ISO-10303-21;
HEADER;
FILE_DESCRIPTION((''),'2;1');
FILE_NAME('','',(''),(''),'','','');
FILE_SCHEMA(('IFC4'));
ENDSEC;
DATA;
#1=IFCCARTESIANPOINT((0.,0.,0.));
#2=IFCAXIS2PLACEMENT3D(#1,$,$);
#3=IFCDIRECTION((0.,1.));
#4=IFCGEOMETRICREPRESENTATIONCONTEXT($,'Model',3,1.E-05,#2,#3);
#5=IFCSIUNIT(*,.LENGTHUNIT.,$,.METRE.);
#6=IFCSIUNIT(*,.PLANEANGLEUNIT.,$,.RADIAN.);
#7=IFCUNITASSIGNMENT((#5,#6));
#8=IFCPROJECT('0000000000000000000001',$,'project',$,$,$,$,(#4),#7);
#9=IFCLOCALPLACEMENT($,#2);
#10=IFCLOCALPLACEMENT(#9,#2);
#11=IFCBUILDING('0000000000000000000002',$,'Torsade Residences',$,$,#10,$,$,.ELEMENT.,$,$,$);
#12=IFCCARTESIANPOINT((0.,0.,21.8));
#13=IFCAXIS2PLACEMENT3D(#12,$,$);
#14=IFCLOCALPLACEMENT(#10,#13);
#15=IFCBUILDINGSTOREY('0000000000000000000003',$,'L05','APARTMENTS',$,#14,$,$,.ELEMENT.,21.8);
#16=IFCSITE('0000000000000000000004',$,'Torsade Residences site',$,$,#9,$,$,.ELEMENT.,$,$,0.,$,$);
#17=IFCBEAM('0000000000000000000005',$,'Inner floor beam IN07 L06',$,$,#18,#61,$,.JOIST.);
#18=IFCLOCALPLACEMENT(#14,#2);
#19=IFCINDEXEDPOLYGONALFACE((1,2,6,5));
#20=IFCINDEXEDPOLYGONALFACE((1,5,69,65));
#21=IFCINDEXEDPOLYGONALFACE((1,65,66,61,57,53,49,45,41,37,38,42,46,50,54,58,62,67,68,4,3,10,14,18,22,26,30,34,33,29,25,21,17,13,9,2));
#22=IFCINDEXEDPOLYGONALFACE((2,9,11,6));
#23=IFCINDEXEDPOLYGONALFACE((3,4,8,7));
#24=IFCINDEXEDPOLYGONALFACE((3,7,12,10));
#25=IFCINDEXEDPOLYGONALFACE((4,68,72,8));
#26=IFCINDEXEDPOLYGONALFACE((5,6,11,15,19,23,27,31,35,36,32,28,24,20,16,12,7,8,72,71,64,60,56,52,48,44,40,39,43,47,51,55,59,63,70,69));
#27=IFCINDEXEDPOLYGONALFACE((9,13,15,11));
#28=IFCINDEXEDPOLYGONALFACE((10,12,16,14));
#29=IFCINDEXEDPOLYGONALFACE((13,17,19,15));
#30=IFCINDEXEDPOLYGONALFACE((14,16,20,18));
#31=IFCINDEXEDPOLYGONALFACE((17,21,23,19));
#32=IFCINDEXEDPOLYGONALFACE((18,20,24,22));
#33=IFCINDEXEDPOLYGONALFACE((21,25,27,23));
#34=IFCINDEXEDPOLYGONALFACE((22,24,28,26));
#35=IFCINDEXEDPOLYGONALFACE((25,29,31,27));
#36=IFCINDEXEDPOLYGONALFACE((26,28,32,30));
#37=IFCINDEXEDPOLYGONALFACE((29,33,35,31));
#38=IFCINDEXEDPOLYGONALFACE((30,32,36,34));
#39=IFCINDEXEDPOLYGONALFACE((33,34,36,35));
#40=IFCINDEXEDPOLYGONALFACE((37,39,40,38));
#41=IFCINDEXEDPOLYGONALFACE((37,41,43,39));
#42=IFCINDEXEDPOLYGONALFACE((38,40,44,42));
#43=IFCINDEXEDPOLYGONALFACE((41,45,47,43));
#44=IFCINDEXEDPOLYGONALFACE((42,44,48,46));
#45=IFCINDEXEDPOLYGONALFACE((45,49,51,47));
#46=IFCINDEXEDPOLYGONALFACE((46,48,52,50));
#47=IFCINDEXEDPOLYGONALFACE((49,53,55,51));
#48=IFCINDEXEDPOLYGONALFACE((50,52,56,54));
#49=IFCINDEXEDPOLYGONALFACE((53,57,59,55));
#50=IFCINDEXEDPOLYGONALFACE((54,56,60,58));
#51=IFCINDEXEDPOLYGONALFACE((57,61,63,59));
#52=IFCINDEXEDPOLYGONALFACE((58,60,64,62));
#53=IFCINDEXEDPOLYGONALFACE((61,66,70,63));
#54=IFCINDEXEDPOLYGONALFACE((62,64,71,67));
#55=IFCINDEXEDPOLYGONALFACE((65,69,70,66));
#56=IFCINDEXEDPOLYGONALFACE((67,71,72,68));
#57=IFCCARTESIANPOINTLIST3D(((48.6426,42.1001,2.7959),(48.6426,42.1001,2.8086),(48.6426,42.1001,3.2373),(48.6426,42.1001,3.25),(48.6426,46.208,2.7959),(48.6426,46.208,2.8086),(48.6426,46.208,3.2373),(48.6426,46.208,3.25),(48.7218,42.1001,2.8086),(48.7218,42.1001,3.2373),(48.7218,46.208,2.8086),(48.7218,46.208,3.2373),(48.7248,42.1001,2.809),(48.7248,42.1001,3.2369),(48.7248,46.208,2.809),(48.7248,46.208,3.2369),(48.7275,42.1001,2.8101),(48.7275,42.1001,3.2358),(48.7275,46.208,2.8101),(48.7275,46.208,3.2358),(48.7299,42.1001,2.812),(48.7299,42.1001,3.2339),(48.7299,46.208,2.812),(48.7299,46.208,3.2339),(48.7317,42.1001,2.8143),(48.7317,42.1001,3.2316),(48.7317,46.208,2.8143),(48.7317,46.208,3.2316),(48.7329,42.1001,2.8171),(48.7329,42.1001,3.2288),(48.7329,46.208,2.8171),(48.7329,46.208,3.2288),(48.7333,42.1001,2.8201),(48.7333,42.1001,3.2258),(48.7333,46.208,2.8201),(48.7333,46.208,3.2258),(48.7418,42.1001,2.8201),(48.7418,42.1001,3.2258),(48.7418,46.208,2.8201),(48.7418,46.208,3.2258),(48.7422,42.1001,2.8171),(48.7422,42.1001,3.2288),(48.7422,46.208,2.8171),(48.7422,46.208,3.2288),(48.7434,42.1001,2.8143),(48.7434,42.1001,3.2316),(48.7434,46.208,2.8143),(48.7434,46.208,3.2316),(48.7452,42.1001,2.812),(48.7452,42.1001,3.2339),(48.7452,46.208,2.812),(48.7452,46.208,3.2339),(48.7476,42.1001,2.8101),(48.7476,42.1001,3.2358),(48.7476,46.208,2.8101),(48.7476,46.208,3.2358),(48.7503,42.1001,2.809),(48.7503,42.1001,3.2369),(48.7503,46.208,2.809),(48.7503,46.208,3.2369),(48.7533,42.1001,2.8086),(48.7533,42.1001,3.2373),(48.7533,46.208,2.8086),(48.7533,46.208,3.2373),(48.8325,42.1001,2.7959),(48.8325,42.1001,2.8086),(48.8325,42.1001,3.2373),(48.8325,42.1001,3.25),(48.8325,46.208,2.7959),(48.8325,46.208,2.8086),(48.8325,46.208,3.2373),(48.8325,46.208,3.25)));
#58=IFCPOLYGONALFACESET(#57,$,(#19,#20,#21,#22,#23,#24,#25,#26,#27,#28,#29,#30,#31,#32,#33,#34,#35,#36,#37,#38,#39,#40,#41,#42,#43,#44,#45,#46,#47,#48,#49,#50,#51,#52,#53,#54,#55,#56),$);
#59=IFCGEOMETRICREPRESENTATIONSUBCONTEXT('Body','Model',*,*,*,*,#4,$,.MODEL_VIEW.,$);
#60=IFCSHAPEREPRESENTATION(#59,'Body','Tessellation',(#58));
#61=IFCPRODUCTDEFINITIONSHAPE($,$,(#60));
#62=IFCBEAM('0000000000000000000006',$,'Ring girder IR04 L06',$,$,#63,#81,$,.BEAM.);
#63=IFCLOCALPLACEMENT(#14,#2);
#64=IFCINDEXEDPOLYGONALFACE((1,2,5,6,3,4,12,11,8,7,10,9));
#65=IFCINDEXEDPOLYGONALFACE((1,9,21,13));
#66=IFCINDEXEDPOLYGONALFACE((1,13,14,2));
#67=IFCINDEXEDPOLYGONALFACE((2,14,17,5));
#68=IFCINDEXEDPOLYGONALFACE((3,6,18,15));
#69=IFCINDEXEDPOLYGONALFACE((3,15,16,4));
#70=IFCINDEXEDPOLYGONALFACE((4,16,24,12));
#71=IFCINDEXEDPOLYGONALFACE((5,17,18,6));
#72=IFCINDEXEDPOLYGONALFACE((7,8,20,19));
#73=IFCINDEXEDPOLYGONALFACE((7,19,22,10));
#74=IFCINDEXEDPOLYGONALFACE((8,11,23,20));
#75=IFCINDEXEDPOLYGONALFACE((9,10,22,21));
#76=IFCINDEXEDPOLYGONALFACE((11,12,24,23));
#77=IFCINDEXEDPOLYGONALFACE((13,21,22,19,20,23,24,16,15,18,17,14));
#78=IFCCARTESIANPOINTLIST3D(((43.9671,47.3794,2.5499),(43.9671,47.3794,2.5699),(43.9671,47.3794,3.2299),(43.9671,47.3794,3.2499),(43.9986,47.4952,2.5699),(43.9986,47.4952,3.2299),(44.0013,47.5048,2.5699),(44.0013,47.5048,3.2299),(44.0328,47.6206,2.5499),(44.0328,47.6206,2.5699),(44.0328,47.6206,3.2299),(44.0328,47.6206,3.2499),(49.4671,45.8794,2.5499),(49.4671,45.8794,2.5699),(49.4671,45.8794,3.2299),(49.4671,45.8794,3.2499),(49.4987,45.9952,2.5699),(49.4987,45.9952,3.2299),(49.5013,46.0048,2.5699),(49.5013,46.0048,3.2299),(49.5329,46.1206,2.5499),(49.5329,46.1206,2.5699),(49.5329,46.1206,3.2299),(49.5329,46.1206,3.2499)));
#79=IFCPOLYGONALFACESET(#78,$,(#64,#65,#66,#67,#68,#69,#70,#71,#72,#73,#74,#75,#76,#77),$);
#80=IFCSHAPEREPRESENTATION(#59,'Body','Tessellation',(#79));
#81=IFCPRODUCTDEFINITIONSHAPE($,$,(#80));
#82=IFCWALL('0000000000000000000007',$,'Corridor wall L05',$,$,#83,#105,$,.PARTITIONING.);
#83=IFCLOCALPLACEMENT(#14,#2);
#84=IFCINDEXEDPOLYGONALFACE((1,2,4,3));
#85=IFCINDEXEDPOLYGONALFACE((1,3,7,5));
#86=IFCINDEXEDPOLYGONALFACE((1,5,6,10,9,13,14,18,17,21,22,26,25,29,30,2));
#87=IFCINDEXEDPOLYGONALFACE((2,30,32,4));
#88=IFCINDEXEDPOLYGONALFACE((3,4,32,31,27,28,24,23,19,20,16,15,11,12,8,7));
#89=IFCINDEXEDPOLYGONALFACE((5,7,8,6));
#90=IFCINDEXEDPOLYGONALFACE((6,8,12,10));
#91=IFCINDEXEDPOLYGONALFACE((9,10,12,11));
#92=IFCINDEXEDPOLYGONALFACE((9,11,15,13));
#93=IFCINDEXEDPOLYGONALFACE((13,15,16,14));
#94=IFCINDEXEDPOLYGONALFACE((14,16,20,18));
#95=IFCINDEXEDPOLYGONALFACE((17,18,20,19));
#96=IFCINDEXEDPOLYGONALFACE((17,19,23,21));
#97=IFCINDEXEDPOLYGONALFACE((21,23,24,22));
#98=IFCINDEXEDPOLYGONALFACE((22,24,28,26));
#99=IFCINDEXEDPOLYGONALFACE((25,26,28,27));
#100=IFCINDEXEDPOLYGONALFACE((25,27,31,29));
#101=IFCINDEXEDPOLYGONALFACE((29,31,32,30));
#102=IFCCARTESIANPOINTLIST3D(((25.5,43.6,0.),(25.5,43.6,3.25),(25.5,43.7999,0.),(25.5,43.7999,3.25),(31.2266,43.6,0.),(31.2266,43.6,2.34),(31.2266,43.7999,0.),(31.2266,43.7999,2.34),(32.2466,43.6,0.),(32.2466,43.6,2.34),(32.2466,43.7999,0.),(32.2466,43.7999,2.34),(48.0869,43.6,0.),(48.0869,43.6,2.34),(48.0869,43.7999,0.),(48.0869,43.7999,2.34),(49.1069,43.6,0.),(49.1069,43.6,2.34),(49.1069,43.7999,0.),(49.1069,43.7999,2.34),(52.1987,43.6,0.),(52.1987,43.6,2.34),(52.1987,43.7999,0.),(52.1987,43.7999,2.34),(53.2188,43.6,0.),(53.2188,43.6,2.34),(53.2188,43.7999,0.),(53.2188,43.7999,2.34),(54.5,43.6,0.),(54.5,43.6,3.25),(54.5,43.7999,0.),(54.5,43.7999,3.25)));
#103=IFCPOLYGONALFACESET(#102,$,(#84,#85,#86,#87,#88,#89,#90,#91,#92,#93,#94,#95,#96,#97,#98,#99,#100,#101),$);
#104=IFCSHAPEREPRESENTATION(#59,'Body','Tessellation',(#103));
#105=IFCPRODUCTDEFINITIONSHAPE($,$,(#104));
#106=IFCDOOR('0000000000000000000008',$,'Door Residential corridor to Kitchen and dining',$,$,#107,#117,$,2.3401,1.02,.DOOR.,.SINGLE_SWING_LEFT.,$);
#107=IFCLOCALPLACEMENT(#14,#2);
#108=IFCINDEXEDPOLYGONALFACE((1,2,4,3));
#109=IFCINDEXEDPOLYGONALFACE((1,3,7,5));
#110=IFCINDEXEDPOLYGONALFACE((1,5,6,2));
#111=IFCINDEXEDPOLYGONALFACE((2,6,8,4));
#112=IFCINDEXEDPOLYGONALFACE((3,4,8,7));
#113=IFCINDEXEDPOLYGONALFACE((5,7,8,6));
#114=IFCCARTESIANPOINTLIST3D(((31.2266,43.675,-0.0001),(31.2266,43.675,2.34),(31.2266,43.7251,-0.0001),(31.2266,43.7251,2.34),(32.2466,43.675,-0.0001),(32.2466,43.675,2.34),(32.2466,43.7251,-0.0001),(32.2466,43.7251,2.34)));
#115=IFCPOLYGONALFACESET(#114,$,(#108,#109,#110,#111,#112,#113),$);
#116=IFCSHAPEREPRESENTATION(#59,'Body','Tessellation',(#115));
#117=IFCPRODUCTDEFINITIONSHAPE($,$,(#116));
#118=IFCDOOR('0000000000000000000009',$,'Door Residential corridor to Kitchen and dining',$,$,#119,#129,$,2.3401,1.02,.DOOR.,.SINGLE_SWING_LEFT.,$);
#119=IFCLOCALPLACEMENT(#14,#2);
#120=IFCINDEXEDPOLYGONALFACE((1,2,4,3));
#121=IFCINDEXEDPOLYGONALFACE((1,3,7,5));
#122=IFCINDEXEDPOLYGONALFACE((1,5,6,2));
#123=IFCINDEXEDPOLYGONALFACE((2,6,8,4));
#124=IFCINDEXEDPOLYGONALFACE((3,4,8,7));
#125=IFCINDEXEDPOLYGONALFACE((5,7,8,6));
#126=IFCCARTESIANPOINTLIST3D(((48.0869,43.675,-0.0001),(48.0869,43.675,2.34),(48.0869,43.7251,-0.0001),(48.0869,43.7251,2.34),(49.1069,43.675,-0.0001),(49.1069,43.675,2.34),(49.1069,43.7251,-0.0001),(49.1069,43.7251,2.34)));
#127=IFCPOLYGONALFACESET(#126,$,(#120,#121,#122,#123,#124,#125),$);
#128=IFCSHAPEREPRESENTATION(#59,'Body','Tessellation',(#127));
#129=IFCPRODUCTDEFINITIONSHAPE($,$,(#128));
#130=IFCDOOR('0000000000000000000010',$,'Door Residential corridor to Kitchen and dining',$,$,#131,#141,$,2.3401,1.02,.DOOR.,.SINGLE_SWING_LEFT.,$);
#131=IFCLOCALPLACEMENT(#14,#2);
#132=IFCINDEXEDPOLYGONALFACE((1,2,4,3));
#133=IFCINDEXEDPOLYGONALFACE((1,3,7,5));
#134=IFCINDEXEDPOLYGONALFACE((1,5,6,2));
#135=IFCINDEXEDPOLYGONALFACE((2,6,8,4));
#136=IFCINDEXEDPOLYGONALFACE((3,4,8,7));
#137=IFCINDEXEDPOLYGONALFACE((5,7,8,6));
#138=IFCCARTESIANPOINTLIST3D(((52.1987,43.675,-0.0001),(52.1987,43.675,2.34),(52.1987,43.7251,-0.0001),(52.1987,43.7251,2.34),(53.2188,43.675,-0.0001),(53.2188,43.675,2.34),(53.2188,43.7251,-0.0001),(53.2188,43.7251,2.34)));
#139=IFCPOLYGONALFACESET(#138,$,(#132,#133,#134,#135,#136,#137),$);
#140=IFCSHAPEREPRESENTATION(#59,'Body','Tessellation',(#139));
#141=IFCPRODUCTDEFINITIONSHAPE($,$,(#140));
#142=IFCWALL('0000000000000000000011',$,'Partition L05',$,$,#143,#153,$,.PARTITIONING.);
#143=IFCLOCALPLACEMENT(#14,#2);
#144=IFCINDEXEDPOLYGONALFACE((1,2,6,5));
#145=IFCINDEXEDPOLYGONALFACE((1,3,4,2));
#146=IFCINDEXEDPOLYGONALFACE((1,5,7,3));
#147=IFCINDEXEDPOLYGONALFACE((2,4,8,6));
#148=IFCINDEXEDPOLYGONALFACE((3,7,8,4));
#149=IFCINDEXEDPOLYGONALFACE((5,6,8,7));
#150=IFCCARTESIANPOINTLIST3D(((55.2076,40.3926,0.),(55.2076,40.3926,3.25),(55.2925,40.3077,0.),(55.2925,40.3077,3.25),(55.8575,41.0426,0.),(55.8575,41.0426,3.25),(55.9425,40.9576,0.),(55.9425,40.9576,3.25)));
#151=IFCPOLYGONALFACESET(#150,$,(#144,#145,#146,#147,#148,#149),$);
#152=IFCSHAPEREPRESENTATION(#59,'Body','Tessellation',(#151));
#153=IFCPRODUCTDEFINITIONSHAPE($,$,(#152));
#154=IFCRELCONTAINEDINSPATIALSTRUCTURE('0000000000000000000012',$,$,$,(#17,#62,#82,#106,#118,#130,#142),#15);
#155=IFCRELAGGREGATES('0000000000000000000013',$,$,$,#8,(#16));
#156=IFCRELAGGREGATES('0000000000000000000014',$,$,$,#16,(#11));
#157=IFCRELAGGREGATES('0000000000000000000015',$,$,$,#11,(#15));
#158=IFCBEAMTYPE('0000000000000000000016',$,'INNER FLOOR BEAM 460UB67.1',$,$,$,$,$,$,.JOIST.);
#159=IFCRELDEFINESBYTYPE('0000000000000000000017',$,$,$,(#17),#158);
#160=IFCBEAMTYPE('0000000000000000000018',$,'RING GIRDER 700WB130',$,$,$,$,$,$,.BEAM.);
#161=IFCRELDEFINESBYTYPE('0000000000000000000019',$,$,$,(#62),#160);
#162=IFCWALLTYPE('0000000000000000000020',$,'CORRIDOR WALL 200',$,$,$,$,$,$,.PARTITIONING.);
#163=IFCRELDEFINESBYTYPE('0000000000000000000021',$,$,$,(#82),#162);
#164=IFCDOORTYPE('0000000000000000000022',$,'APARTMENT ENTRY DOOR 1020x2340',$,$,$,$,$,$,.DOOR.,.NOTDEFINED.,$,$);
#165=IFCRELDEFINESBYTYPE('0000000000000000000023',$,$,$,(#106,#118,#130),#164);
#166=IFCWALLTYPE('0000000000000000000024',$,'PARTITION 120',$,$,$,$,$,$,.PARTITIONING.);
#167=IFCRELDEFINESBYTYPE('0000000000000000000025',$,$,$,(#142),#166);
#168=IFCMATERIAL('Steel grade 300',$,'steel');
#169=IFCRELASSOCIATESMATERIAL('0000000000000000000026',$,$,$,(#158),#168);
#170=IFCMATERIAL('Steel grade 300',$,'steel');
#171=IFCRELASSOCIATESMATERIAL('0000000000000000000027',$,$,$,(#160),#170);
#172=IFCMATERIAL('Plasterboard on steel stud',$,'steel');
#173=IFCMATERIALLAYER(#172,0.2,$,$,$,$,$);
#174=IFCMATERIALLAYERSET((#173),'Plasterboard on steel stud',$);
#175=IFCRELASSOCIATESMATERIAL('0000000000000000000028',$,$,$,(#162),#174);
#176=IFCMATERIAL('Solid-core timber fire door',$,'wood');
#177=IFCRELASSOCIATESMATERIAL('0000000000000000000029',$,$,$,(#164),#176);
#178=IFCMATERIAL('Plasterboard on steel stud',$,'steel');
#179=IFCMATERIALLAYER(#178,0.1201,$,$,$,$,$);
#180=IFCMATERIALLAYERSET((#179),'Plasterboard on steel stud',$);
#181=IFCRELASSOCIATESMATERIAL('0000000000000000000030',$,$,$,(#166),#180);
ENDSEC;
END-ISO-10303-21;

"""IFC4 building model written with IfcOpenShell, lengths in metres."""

from ifc_helpers import new_model, si_unit, direction, frame, frame_2d, origin, origin_2d, place, context, subcontext, project, spatial, rectangle, i_section, extrude, material, layer, layer_set, material_profile, profile_set, type_object, element, fill, save


model = new_model("IFC4")

# Units and contexts
model_context = context("Model", 3, precision=1e-05, world=origin(), true_north=direction((0.0, 1.0)))
body_context = subcontext(model_context, "Body", "Model", "MODEL_VIEW")
ifc_project = project(units=[si_unit("LENGTHUNIT", "METRE"), si_unit("PLANEANGLEUNIT", "RADIAN")], contexts=[model_context])

# Site, building, storey
site_placement = place(None, origin())
site = spatial("IfcSite", under=ifc_project, at=site_placement, Name="Torsade Residences site", CompositionType="ELEMENT", RefElevation=0.0)
building_placement = place(site_placement, origin())
building = spatial("IfcBuilding", under=site, at=building_placement, Name="Torsade Residences", CompositionType="ELEMENT")
storey_placement = place(building_placement, frame((0.0, 0.0, 21.8)))
storey = spatial("IfcBuildingStorey", under=building, at=storey_placement, Name="L05", Description="APARTMENTS", CompositionType="ELEMENT", Elevation=21.8)

# Beams
ifc_material_1 = material(Name="Steel grade 300", Category="steel")
ifc_material_profile_1 = material_profile(ifc_material_1, i_section(OverallWidth=0.1899, OverallDepth=0.4541, WebThickness=0.0085, FlangeThickness=0.0127, FilletRadius=0.0115, at=origin_2d()), Name="460UB67.1")
ifc_profile_set_1 = profile_set([ifc_material_profile_1], Name="Steel grade 300")
beam_type_1 = type_object("IfcBeamType", Name="INNER FLOOR BEAM 460UB67.1", PredefinedType="JOIST", material=ifc_profile_set_1)
beam_1_placement = place(storey_placement, frame((48.7375, 42.1001, 3.0229), z_axis=(0.0, 1.0, 0.0), x_axis=(-1.0, 0.0, 0.0)))
element("IfcBeam", 1, at=beam_1_placement, inside=storey, type_object=beam_type_1, Name="Inner floor beam IN07 L06", PredefinedType="JOIST", context=body_context, shape_type="SweptSolid", body=[
    extrude(i_section(OverallWidth=0.1899, OverallDepth=0.4541, WebThickness=0.0085, FlangeThickness=0.0127, FilletRadius=0.0115, at=origin_2d()), origin(), (0.0, 0.0, 1.0), 4.1079),
])
ifc_material_2 = material(Name="Steel grade 300", Category="steel")
ifc_material_profile_2 = material_profile(ifc_material_2, i_section(OverallWidth=0.25, OverallDepth=0.7, WebThickness=0.01, FlangeThickness=0.02, at=origin_2d()), Name="700WB130")
ifc_profile_set_2 = profile_set([ifc_material_profile_2], Name="Steel grade 300")
beam_type_2 = type_object("IfcBeamType", Name="RING GIRDER 700WB130", PredefinedType="BEAM", material=ifc_profile_set_2)
beam_2_placement = place(storey_placement, frame((49.5, 46.0, 2.8999), z_axis=(-0.964764, 0.263117, 0.0), x_axis=(-0.263117, -0.964764, 0.0)))
element("IfcBeam", 2, at=beam_2_placement, inside=storey, type_object=beam_type_2, Name="Ring girder IR04 L06", PredefinedType="BEAM", context=body_context, shape_type="SweptSolid", body=[
    extrude(i_section(OverallWidth=0.25, OverallDepth=0.7, WebThickness=0.01, FlangeThickness=0.02, at=origin_2d()), origin(), (0.0, 0.0, 1.0), 5.7009),
])

# Wall, openings, doors
ifc_material_3 = material(Name="Plasterboard on steel stud", Category="steel")
ifc_layer_1 = layer(ifc_material_3, 0.2)
ifc_layer_set_1 = layer_set([ifc_layer_1], Name="Plasterboard on steel stud")
wall_type_1 = type_object("IfcWallType", Name="CORRIDOR WALL 200", PredefinedType="PARTITIONING", material=ifc_layer_set_1)
wall_1_placement = place(storey_placement, frame((54.5, 43.7, 0.0), z_axis=(0.0, 0.0, 1.0), x_axis=(-1.0, 0.0, 0.0)))
wall_1 = element("IfcWall", 3, at=wall_1_placement, inside=storey, type_object=wall_type_1, Name="Corridor wall L05", PredefinedType="PARTITIONING", context=body_context, shape_type="SweptSolid", body=[
    extrude(rectangle(XDim=29.0, YDim=0.2, at=frame_2d((14.5, 0.0))), origin(), (0.0, 0.0, 1.0), 3.25),
])
opening_1_placement = place(wall_1_placement, frame((22.2534, 0.0, 0.0)))
opening_1 = element("IfcOpeningElement", 4, at=opening_1_placement, cuts=wall_1, PredefinedType="OPENING", context=body_context, shape_type="SweptSolid", body=[
    extrude(rectangle(XDim=1.02, YDim=2.3401, at=frame_2d((0.51, 1.1699))), frame((0.0, 0.1099, 0.0), z_axis=(0.0, -1.0, 0.0), x_axis=(1.0, 0.0, 0.0)), (0.0, 0.0, 1.0), 0.22),
])
opening_2_placement = place(wall_1_placement, frame((5.3931, 0.0, 0.0)))
opening_2 = element("IfcOpeningElement", 5, at=opening_2_placement, cuts=wall_1, PredefinedType="OPENING", context=body_context, shape_type="SweptSolid", body=[
    extrude(rectangle(XDim=1.02, YDim=2.3401, at=frame_2d((0.51, 1.1699))), frame((0.0, 0.1099, 0.0), z_axis=(0.0, -1.0, 0.0), x_axis=(1.0, 0.0, 0.0)), (0.0, 0.0, 1.0), 0.22),
])
opening_3_placement = place(wall_1_placement, frame((1.2812, 0.0, 0.0)))
opening_3 = element("IfcOpeningElement", 6, at=opening_3_placement, cuts=wall_1, PredefinedType="OPENING", context=body_context, shape_type="SweptSolid", body=[
    extrude(rectangle(XDim=1.02, YDim=2.3401, at=frame_2d((0.51, 1.1699))), frame((0.0, 0.1099, 0.0), z_axis=(0.0, -1.0, 0.0), x_axis=(1.0, 0.0, 0.0)), (0.0, 0.0, 1.0), 0.22),
])
ifc_material_4 = material(Name="Solid-core timber fire door", Category="wood")
door_type_1 = type_object("IfcDoorType", Name="APARTMENT ENTRY DOOR 1020x2340", OperationType="NOTDEFINED", PredefinedType="DOOR", material=ifc_material_4)
door_1_placement = place(opening_1_placement, origin())
door_1 = element("IfcDoor", 7, at=door_1_placement, inside=storey, type_object=door_type_1, Name="Door Residential corridor to Kitchen and dining", OperationType="SINGLE_SWING_LEFT", OverallHeight=2.3401, OverallWidth=1.02, PredefinedType="DOOR", context=body_context, shape_type="SweptSolid", body=[
    extrude(rectangle(XDim=1.02, YDim=2.3401, at=frame_2d((0.51, 1.1699))), frame((0.0, 0.0249, 0.0), z_axis=(0.0, -1.0, 0.0), x_axis=(1.0, 0.0, 0.0)), (0.0, 0.0, 1.0), 0.05),
])
fill(opening_1, door_1)
door_2_placement = place(opening_2_placement, origin())
door_2 = element("IfcDoor", 8, at=door_2_placement, inside=storey, type_object=door_type_1, Name="Door Residential corridor to Kitchen and dining", OperationType="SINGLE_SWING_LEFT", OverallHeight=2.3401, OverallWidth=1.02, PredefinedType="DOOR", context=body_context, shape_type="SweptSolid", body=[
    extrude(rectangle(XDim=1.02, YDim=2.3401, at=frame_2d((0.51, 1.1699))), frame((0.0, 0.0249, 0.0), z_axis=(0.0, -1.0, 0.0), x_axis=(1.0, 0.0, 0.0)), (0.0, 0.0, 1.0), 0.05),
])
fill(opening_2, door_2)
door_3_placement = place(opening_3_placement, origin())
door_3 = element("IfcDoor", 9, at=door_3_placement, inside=storey, type_object=door_type_1, Name="Door Residential corridor to Kitchen and dining", OperationType="SINGLE_SWING_LEFT", OverallHeight=2.3401, OverallWidth=1.02, PredefinedType="DOOR", context=body_context, shape_type="SweptSolid", body=[
    extrude(rectangle(XDim=1.02, YDim=2.3401, at=frame_2d((0.51, 1.1699))), frame((0.0, 0.0249, 0.0), z_axis=(0.0, -1.0, 0.0), x_axis=(1.0, 0.0, 0.0)), (0.0, 0.0, 1.0), 0.05),
])
fill(opening_3, door_3)

# Wall
ifc_material_5 = material(Name="Plasterboard on steel stud", Category="steel")
ifc_layer_2 = layer(ifc_material_5, 0.1201)
ifc_layer_set_2 = layer_set([ifc_layer_2], Name="Plasterboard on steel stud")
wall_type_2 = type_object("IfcWallType", Name="PARTITION 120", PredefinedType="PARTITIONING", material=ifc_layer_set_2)
wall_2_placement = place(storey_placement, frame((55.8999, 41.0, 0.0), z_axis=(0.0, 0.0, 1.0), x_axis=(-0.707107, -0.707107, 0.0)))
element("IfcWall", 10, at=wall_2_placement, inside=storey, type_object=wall_type_2, Name="Partition L05", PredefinedType="PARTITIONING", context=body_context, shape_type="SweptSolid", body=[
    extrude(rectangle(XDim=0.9192, YDim=0.1201, at=frame_2d((0.4595, 0.0))), origin(), (0.0, 0.0, 1.0), 3.25),
])

save(model, "model.ifc")
